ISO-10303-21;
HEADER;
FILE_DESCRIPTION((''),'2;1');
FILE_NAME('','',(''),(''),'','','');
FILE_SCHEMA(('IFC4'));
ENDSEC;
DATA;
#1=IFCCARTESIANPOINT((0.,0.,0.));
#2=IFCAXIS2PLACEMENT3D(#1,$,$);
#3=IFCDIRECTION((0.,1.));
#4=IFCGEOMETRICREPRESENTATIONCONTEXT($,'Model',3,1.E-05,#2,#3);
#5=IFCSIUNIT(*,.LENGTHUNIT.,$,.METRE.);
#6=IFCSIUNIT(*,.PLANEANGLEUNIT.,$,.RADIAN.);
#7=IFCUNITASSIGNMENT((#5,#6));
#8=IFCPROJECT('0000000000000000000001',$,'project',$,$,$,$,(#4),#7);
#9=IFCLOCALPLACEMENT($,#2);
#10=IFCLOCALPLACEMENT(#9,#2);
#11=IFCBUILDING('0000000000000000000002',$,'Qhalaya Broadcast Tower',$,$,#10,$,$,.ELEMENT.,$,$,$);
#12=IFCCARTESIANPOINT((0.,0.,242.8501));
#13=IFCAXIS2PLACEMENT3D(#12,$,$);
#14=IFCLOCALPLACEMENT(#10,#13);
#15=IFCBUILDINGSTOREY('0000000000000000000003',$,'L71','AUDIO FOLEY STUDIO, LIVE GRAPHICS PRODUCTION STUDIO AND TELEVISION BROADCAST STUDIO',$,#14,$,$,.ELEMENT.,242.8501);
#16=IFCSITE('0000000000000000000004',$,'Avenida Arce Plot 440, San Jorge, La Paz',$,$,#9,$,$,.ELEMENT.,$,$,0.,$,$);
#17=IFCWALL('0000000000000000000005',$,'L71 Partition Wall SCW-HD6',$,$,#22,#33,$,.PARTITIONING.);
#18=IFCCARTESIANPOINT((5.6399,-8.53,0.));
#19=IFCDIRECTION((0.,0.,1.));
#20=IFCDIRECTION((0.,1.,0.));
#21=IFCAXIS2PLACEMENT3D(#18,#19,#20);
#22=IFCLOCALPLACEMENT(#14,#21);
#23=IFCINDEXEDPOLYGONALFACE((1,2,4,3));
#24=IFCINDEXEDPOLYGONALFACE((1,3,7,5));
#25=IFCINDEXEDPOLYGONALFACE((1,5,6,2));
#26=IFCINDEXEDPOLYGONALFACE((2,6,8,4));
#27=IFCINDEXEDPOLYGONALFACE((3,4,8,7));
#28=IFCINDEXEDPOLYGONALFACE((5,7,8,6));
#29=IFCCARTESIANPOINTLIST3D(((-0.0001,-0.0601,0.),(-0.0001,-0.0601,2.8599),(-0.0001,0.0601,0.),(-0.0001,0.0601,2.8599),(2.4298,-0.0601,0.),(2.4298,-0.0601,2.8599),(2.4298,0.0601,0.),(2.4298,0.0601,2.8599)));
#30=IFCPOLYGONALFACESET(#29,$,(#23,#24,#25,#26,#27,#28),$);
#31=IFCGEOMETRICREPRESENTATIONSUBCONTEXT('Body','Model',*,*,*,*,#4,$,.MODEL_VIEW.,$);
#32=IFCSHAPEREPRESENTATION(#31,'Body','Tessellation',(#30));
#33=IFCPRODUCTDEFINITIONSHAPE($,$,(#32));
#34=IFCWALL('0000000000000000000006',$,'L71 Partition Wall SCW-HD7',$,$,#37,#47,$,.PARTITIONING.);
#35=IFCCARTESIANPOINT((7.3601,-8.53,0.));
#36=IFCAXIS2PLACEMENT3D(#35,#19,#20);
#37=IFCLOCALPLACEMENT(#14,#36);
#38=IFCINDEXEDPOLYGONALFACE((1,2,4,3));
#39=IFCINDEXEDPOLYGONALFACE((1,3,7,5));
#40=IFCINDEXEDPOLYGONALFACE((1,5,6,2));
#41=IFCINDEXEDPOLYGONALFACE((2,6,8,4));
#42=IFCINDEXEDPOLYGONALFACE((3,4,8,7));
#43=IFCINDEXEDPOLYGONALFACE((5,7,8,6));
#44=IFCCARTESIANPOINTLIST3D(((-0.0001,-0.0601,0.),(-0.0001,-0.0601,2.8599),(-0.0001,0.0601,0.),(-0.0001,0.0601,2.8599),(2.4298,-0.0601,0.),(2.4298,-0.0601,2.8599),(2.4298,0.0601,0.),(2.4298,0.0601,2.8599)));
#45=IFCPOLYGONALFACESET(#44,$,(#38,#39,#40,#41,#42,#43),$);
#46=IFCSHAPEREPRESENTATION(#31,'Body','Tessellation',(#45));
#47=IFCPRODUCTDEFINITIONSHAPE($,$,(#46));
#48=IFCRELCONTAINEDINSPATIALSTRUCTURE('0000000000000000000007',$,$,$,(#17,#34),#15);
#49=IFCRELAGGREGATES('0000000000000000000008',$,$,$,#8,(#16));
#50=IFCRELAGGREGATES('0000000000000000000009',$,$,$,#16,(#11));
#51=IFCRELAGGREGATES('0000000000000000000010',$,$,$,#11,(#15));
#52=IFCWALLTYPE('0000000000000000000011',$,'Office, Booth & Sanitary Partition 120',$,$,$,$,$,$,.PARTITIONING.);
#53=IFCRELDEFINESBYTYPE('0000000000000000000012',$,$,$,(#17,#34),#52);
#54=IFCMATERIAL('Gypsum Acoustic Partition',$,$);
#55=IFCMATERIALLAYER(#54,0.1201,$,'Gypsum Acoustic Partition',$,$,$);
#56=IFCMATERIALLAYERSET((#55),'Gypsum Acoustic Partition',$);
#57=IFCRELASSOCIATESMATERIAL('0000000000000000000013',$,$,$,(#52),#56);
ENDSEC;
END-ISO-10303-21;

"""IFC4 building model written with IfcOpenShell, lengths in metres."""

from ifc_helpers import new_model, si_unit, direction, frame, frame_2d, origin, place, context, subcontext, project, spatial, rectangle, extrude, material, layer, layer_set, type_object, element, save


model = new_model("IFC4")

# Units and contexts
model_context = context("Model", 3, precision=1e-05, world=origin(), true_north=direction((0.0, 1.0)))
body_context = subcontext(model_context, "Body", "Model", "MODEL_VIEW")
ifc_project = project(units=[si_unit("LENGTHUNIT", "METRE"), si_unit("PLANEANGLEUNIT", "RADIAN")], contexts=[model_context])

# Site, building, storey
site_placement = place(None, origin())
site = spatial("IfcSite", under=ifc_project, at=site_placement, Name="Avenida Arce Plot 440, San Jorge, La Paz", CompositionType="ELEMENT", RefElevation=0.0)
building_placement = place(site_placement, origin())
building = spatial("IfcBuilding", under=site, at=building_placement, Name="Qhalaya Broadcast Tower", CompositionType="ELEMENT")
storey_placement = place(building_placement, frame((0.0, 0.0, 242.8501)))
storey = spatial("IfcBuildingStorey", under=building, at=storey_placement, Name="L71", Description="AUDIO FOLEY STUDIO, LIVE GRAPHICS PRODUCTION STUDIO AND TELEVISION BROADCAST STUDIO", CompositionType="ELEMENT", Elevation=242.8501)

# Walls
ifc_material_1 = material(Name="Gypsum Acoustic Partition")
ifc_layer_1 = layer(ifc_material_1, 0.1201, Name="Gypsum Acoustic Partition")
ifc_layer_set_1 = layer_set([ifc_layer_1], Name="Gypsum Acoustic Partition")
wall_type_1 = type_object("IfcWallType", Name="Office, Booth & Sanitary Partition 120", PredefinedType="PARTITIONING", material=ifc_layer_set_1)
for number, where, z_axis, x_axis, name in (
    (1, (5.6399, -8.53, 0.0), (0.0, 0.0, 1.0), (0.0, 1.0, 0.0), "L71 Partition Wall SCW-HD6"),
    (2, (7.3601, -8.53, 0.0), (0.0, 0.0, 1.0), (0.0, 1.0, 0.0), "L71 Partition Wall SCW-HD7"),
):
    element("IfcWall", number, at=place(storey_placement, frame(where, z_axis=z_axis, x_axis=x_axis)), inside=storey, type_object=wall_type_1, Name=name, PredefinedType="PARTITIONING", context=body_context, shape_type="SweptSolid", body=[
        extrude(rectangle(XDim=2.4299, YDim=0.1201, at=frame_2d((1.2148, 0.0))), origin(), (0.0, 0.0, 1.0), 2.8599),
    ])

save(model, "model.ifc")
